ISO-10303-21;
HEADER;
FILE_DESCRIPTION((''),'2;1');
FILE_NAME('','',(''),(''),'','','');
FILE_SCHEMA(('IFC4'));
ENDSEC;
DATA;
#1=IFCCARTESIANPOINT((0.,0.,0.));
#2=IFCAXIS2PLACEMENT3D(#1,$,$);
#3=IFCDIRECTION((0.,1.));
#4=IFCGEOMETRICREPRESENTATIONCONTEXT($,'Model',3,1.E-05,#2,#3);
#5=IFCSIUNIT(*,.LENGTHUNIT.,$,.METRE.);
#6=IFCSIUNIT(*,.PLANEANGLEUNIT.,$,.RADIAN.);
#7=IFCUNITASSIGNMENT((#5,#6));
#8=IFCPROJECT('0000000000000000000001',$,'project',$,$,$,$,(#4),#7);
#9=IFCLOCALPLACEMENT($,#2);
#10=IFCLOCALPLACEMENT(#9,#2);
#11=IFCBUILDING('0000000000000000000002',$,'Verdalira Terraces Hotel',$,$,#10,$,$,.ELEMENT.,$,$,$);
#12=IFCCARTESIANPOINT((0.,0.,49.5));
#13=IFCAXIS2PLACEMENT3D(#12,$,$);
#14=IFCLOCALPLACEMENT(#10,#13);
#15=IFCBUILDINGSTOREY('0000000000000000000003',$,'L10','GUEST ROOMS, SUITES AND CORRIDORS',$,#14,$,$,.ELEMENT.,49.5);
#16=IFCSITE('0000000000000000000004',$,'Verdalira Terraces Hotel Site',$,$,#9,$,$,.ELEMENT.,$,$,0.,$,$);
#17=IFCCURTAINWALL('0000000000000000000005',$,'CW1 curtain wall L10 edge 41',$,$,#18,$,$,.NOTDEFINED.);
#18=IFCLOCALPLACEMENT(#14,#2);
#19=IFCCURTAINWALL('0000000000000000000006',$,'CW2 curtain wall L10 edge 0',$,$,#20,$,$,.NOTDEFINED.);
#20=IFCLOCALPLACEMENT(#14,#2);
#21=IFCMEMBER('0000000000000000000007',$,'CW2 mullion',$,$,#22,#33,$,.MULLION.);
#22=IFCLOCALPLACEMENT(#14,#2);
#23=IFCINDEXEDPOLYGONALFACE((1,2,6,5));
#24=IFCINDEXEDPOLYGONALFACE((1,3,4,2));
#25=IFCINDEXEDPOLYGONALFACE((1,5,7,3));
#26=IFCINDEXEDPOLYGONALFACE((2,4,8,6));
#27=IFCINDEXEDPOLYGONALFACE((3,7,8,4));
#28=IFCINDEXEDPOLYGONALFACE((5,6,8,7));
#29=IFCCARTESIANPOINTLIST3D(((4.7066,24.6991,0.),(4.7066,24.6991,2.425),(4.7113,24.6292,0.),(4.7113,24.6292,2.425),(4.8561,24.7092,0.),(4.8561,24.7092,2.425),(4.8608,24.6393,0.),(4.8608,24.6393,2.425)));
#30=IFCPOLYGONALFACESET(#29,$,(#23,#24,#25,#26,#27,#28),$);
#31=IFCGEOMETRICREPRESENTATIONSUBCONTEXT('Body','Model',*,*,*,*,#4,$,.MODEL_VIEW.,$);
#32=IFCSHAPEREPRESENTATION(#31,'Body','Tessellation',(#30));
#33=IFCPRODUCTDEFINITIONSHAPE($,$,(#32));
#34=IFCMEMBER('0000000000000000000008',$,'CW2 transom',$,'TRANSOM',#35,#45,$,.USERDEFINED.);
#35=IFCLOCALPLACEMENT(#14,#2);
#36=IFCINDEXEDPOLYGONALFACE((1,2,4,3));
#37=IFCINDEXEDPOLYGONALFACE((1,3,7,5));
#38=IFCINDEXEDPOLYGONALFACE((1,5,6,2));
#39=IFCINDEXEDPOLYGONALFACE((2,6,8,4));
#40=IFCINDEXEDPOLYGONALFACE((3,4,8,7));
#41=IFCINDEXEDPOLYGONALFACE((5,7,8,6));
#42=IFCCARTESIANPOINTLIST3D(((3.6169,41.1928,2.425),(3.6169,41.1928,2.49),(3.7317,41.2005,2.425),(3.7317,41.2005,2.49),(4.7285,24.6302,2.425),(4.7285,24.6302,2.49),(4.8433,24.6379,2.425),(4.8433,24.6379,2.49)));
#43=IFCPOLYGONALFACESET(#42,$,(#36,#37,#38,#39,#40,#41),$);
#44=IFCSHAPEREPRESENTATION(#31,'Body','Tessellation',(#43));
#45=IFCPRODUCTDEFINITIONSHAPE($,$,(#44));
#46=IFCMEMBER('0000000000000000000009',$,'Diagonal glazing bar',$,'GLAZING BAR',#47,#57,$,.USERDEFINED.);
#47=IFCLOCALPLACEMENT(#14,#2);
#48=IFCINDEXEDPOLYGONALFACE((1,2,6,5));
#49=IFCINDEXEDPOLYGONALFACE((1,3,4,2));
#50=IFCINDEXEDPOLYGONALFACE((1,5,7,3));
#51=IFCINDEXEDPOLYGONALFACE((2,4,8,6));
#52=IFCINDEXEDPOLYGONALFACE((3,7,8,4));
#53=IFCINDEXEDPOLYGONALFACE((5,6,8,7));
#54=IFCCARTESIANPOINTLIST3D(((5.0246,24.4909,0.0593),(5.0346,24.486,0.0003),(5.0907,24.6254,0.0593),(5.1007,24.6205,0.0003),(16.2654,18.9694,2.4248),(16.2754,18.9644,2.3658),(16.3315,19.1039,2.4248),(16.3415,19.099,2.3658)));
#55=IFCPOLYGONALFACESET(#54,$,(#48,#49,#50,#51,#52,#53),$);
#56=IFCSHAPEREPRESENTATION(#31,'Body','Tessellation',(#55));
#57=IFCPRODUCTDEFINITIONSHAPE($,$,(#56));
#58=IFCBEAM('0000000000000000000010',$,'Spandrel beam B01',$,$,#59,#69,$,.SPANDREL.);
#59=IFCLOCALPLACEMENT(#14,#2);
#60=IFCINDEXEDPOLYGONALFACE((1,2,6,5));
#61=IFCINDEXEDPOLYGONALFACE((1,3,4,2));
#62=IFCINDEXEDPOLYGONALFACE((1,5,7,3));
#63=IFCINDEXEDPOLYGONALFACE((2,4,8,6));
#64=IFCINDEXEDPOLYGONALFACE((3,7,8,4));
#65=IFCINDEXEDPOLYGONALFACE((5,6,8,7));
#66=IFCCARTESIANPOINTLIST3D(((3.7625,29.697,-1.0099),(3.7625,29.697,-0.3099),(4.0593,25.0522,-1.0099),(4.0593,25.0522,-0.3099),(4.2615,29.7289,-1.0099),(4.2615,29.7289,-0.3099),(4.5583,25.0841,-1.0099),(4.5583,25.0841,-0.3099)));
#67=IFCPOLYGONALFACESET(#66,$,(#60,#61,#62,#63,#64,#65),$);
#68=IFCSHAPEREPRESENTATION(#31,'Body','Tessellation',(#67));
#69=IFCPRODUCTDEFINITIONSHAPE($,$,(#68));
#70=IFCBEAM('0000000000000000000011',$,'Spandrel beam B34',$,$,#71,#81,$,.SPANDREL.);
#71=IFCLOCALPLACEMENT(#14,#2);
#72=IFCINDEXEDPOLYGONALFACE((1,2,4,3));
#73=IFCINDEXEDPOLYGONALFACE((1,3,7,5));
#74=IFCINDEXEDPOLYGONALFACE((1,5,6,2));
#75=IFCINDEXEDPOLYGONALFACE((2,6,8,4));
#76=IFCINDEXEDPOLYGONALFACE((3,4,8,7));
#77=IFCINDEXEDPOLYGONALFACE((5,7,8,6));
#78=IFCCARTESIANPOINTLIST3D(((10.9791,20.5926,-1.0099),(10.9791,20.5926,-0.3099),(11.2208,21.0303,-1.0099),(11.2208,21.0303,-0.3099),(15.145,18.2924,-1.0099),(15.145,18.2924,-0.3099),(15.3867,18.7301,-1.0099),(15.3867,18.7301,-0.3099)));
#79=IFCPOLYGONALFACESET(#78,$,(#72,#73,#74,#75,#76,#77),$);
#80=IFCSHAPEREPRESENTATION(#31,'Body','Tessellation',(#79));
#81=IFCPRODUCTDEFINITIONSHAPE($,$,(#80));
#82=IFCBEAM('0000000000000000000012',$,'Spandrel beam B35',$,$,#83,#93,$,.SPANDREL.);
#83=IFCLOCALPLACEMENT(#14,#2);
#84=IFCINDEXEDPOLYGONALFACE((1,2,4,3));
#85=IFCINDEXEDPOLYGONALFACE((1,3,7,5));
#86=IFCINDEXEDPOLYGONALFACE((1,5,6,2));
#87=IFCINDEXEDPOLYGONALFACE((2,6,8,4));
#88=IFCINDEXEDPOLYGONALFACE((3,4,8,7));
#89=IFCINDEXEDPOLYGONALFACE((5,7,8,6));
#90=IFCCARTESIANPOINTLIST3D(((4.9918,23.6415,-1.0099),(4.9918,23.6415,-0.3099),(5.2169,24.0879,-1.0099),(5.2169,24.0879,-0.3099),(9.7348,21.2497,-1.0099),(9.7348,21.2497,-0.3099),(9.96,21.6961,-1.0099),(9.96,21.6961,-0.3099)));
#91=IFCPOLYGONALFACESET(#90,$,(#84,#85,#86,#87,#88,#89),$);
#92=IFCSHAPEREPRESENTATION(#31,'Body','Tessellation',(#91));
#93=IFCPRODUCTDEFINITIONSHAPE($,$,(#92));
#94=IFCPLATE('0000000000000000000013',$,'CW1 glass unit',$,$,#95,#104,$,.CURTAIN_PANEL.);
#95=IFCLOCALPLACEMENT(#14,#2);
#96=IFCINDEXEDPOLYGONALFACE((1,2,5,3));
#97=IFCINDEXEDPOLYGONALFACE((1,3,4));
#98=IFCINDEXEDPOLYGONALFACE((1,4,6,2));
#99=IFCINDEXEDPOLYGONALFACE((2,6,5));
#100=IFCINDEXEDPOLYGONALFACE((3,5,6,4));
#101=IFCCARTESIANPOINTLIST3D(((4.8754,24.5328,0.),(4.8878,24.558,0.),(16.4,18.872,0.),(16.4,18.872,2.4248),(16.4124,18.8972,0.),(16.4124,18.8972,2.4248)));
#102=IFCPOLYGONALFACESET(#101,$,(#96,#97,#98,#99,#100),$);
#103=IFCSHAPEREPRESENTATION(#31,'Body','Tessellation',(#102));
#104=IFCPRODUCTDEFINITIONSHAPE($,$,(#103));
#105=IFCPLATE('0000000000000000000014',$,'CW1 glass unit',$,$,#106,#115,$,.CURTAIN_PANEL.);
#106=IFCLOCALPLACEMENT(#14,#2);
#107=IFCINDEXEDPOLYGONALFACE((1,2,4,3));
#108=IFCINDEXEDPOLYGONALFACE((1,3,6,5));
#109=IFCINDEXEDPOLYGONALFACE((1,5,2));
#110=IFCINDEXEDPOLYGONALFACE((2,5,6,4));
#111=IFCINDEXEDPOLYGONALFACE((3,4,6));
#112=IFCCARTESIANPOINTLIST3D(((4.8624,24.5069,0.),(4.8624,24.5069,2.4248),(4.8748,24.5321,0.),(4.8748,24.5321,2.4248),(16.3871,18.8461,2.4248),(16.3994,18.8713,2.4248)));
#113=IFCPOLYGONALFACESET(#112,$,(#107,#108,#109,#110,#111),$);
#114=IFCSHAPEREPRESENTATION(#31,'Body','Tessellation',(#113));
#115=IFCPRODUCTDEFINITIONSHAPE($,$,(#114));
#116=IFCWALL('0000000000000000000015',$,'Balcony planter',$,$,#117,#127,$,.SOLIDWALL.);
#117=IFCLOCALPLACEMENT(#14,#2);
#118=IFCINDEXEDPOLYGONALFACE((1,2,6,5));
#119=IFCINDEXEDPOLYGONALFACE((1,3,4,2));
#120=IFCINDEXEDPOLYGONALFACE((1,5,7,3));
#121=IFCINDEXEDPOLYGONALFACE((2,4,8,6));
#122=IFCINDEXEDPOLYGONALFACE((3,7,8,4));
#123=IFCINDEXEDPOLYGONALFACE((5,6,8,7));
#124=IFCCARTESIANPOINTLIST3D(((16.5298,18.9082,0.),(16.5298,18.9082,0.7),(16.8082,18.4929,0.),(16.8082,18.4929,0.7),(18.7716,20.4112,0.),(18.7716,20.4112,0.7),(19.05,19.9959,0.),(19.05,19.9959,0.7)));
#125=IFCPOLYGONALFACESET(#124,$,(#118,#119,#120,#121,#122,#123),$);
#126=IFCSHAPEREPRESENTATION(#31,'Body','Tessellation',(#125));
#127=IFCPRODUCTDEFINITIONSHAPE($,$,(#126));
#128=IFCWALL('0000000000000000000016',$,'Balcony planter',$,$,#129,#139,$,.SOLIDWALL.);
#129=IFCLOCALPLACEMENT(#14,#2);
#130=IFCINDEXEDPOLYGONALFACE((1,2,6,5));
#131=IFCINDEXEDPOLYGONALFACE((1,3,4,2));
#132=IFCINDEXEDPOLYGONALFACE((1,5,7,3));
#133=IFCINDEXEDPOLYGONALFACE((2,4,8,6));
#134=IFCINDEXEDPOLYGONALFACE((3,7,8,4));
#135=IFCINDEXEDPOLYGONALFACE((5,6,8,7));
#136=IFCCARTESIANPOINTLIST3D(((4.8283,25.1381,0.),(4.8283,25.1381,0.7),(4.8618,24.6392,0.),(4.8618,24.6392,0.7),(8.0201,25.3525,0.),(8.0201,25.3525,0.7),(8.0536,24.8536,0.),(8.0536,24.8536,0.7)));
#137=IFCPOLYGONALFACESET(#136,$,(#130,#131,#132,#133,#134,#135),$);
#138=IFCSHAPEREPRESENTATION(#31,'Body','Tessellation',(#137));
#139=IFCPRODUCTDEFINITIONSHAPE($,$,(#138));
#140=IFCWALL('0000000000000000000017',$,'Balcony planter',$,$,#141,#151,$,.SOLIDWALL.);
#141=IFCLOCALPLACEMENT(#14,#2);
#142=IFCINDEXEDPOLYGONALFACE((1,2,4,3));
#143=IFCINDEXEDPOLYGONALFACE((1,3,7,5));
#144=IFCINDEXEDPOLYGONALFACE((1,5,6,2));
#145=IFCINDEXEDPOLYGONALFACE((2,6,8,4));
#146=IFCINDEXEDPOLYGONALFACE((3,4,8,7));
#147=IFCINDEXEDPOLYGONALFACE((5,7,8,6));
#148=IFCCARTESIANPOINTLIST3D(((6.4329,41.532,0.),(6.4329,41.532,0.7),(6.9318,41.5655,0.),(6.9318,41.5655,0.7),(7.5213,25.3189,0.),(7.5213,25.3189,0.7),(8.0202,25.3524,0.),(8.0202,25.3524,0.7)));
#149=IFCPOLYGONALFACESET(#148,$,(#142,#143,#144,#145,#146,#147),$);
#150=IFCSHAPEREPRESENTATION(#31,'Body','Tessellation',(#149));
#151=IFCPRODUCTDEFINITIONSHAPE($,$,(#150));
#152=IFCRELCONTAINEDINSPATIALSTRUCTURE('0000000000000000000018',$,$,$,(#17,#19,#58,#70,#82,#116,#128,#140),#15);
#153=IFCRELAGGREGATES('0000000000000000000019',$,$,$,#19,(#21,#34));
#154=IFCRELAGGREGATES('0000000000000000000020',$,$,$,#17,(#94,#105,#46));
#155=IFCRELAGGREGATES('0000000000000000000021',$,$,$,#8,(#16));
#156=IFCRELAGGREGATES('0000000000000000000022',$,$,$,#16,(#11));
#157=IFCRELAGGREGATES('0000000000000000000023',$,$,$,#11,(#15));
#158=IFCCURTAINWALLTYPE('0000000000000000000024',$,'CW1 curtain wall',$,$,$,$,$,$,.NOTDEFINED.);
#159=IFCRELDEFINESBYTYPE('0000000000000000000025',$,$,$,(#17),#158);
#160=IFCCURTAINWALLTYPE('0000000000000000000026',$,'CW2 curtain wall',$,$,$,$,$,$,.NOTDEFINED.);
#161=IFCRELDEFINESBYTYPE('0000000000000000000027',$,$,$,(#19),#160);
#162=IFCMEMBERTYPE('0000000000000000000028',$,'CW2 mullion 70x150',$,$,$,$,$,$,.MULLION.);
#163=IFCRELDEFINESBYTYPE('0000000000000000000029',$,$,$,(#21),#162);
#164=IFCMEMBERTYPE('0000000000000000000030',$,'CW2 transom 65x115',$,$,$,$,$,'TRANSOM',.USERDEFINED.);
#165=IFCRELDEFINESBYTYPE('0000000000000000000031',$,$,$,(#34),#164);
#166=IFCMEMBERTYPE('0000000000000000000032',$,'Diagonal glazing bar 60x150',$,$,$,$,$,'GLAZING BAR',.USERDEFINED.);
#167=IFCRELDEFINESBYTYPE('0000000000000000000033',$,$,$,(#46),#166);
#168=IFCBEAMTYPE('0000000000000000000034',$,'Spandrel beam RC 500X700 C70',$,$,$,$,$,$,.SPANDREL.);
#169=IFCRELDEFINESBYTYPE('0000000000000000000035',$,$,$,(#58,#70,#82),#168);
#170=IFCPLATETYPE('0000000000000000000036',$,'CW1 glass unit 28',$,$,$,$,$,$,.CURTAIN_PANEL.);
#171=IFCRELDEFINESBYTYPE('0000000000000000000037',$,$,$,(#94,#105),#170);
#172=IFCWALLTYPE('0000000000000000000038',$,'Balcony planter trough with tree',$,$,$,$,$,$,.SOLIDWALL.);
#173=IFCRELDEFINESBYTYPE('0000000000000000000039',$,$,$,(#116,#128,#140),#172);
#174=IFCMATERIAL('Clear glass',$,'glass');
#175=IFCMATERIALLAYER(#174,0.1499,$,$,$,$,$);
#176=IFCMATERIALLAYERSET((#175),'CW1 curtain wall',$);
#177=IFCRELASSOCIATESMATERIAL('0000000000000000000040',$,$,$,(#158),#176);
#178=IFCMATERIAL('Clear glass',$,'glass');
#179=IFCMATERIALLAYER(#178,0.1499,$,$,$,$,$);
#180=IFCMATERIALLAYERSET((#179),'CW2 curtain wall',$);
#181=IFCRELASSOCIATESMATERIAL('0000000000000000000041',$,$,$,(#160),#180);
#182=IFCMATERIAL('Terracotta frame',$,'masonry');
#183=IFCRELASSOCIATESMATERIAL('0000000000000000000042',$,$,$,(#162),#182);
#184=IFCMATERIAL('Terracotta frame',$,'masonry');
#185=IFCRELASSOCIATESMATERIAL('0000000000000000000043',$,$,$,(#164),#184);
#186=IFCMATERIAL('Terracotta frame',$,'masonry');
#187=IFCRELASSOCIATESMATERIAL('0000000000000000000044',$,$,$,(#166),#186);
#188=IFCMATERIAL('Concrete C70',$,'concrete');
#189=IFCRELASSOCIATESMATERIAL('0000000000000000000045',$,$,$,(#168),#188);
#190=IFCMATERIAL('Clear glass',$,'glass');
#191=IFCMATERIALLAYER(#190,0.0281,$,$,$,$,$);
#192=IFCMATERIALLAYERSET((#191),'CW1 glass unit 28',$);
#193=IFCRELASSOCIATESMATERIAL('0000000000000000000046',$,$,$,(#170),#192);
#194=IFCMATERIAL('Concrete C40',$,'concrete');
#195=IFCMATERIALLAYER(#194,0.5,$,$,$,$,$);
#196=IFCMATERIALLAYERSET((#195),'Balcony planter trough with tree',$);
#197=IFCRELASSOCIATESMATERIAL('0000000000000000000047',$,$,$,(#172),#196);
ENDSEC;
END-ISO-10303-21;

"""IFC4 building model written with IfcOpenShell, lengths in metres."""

from ifc_helpers import new_model, si_unit, direction, frame, frame_2d, origin, origin_2d, place, context, subcontext, project, spatial, polyline, rectangle, outline, extrude, material, layer, layer_set, material_profile, profile_set, type_object, element, aggregate, save


model = new_model("IFC4")

# Units and contexts
model_context = context("Model", 3, precision=1e-05, world=origin(), true_north=direction((0.0, 1.0)))
body_context = subcontext(model_context, "Body", "Model", "MODEL_VIEW")
ifc_project = project(units=[si_unit("LENGTHUNIT", "METRE"), si_unit("PLANEANGLEUNIT", "RADIAN")], contexts=[model_context])

# Site, building, storey
site_placement = place(None, origin())
site = spatial("IfcSite", under=ifc_project, at=site_placement, Name="Verdalira Terraces Hotel Site", CompositionType="ELEMENT", RefElevation=0.0)
building_placement = place(site_placement, origin())
building = spatial("IfcBuilding", under=site, at=building_placement, Name="Verdalira Terraces Hotel", CompositionType="ELEMENT")
storey_placement = place(building_placement, frame((0.0, 0.0, 49.5)))
storey = spatial("IfcBuildingStorey", under=building, at=storey_placement, Name="L10", Description="GUEST ROOMS, SUITES AND CORRIDORS", CompositionType="ELEMENT", Elevation=49.5)

# Shared definitions
ifc_material_1 = material(Name="Clear glass", Category="glass")
ifc_layer_1 = layer(ifc_material_1, 0.1499)
ifc_layer_set_1 = layer_set([ifc_layer_1], Name="CW1 curtain wall")
curtain_wall_type_1 = type_object("IfcCurtainWallType", Name="CW1 curtain wall", PredefinedType="NOTDEFINED", material=ifc_layer_set_1)

# Curtain walls, members
curtain_wall_1_placement = place(storey_placement, origin())
curtain_wall_1 = element("IfcCurtainWall", 1, at=curtain_wall_1_placement, inside=storey, type_object=curtain_wall_type_1, Name="CW1 curtain wall L10 edge 41", PredefinedType="NOTDEFINED")
ifc_material_2 = material(Name="Clear glass", Category="glass")
ifc_layer_2 = layer(ifc_material_2, 0.1499)
ifc_layer_set_2 = layer_set([ifc_layer_2], Name="CW2 curtain wall")
curtain_wall_type_2 = type_object("IfcCurtainWallType", Name="CW2 curtain wall", PredefinedType="NOTDEFINED", material=ifc_layer_set_2)
curtain_wall_2_placement = place(storey_placement, origin())
curtain_wall_2 = element("IfcCurtainWall", 2, at=curtain_wall_2_placement, inside=storey, type_object=curtain_wall_type_2, Name="CW2 curtain wall L10 edge 0", PredefinedType="NOTDEFINED")
ifc_material_3 = material(Name="Terracotta frame", Category="masonry")
ifc_material_profile_1 = material_profile(ifc_material_3, rectangle(XDim=0.0701, YDim=0.1499, at=origin_2d()), Name="MU 70x150")
ifc_profile_set_1 = profile_set([ifc_material_profile_1], Name="Terracotta frame")
member_type_1 = type_object("IfcMemberType", Name="CW2 mullion 70x150", PredefinedType="MULLION", material=ifc_profile_set_1)
member_1_placement = place(storey_placement, frame((4.7837, 24.6692, 0.0), z_axis=(0.0, 0.0, 1.0), x_axis=(-0.06697, 0.997755, 0.0)))
member_1 = element("IfcMember", 3, at=member_1_placement, type_object=member_type_1, Name="CW2 mullion", PredefinedType="MULLION", context=body_context, shape_type="SweptSolid", body=[
    extrude(rectangle(XDim=0.0701, YDim=0.1499, at=origin_2d()), origin(), (0.0, 0.0, 1.0), 2.425),
])
ifc_material_4 = material(Name="Terracotta frame", Category="masonry")
ifc_material_profile_2 = material_profile(ifc_material_4, rectangle(XDim=0.115, YDim=0.0649, at=origin_2d()), Name="TR 65x115")
ifc_profile_set_2 = profile_set([ifc_material_profile_2], Name="Terracotta frame")
member_type_2 = type_object("IfcMemberType", Name="CW2 transom 65x115", ElementType="TRANSOM", PredefinedType="USERDEFINED", material=ifc_profile_set_2)
member_2_placement = place(storey_placement, frame((4.7859, 24.634, 2.4575), z_axis=(-0.066963, 0.997755, 0.0), x_axis=(-0.997755, -0.066963, 0.0)))
member_2 = element("IfcMember", 4, at=member_2_placement, type_object=member_type_2, Name="CW2 transom", ObjectType="TRANSOM", PredefinedType="USERDEFINED", context=body_context, shape_type="SweptSolid", body=[
    extrude(rectangle(XDim=0.115, YDim=0.0649, at=origin_2d()), origin(), (0.0, 0.0, 1.0), 16.5999),
])
aggregate(curtain_wall_2, [member_1, member_2])

# Member
ifc_material_5 = material(Name="Terracotta frame", Category="masonry")
ifc_material_profile_3 = material_profile(ifc_material_5, rectangle(XDim=0.1499, YDim=0.0601, at=origin_2d()), Name="GB 60x150")
ifc_profile_set_3 = profile_set([ifc_material_profile_3], Name="Terracotta frame")
member_type_3 = type_object("IfcMemberType", Name="Diagonal glazing bar 60x150", ElementType="GLAZING BAR", PredefinedType="USERDEFINED", material=ifc_profile_set_3)
member_3_placement = place(storey_placement, frame((16.3035, 19.0342, 2.3953), z_axis=(-0.881968, 0.433226, -0.1856), x_axis=(-0.440886, -0.897563, 0.0)))
member_3 = element("IfcMember", 5, at=member_3_placement, type_object=member_type_3, Name="Diagonal glazing bar", ObjectType="GLAZING BAR", PredefinedType="USERDEFINED", context=body_context, shape_type="SweptSolid", body=[
    extrude(rectangle(XDim=0.1499, YDim=0.0601, at=origin_2d()), origin(), (0.0, 0.0, 1.0), 12.7451),
])

# Beams
ifc_material_6 = material(Name="Concrete C70", Category="concrete")
ifc_material_profile_4 = material_profile(ifc_material_6, rectangle(XDim=0.5, YDim=0.7, at=origin_2d()), Name="RC 500X700")
ifc_profile_set_4 = profile_set([ifc_material_profile_4], Name="Concrete C70")
beam_type_1 = type_object("IfcBeamType", Name="Spandrel beam RC 500X700 C70", PredefinedType="SPANDREL", material=ifc_profile_set_4)
beam_1_placement = place(storey_placement, frame((4.3088, 25.0681, -0.6599), z_axis=(-0.063786, 0.997964, 0.0), x_axis=(-0.997964, -0.063786, 0.0)))
element("IfcBeam", 6, at=beam_1_placement, inside=storey, type_object=beam_type_1, Name="Spandrel beam B01", PredefinedType="SPANDREL", context=body_context, shape_type="SweptSolid", body=[
    extrude(rectangle(XDim=0.5, YDim=0.7, at=origin_2d()), origin(), (0.0, 0.0, 1.0), 4.6543),
])
beam_2_placement = place(storey_placement, frame((15.2659, 18.5112, -0.6599), z_axis=(-0.875418, 0.483368, 0.0), x_axis=(-0.483368, -0.875418, 0.0)))
element("IfcBeam", 7, at=beam_2_placement, inside=storey, type_object=beam_type_1, Name="Spandrel beam B34", PredefinedType="SPANDREL", context=body_context, shape_type="SweptSolid", body=[
    extrude(rectangle(XDim=0.5, YDim=0.7, at=origin_2d()), origin(), (0.0, 0.0, 1.0), 4.7588),
])
beam_3_placement = place(storey_placement, frame((9.8474, 21.4729, -0.6599), z_axis=(-0.892896, 0.450263, 0.0), x_axis=(-0.450263, -0.892896, 0.0)))
element("IfcBeam", 8, at=beam_3_placement, inside=storey, type_object=beam_type_1, Name="Spandrel beam B35", PredefinedType="SPANDREL", context=body_context, shape_type="SweptSolid", body=[
    extrude(rectangle(XDim=0.5, YDim=0.7, at=origin_2d()), origin(), (0.0, 0.0, 1.0), 5.312),
])

# Plates
ifc_material_7 = material(Name="Clear glass", Category="glass")
ifc_layer_3 = layer(ifc_material_7, 0.0281)
ifc_layer_set_3 = layer_set([ifc_layer_3], Name="CW1 glass unit 28")
plate_type = type_object("IfcPlateType", Name="CW1 glass unit 28", PredefinedType="CURTAIN_PANEL", material=ifc_layer_set_3)
plate_1_placement = place(storey_placement, frame((10.6377, 21.7024, 1.2124), z_axis=(0.440879, 0.897566, 0.0), x_axis=(-0.897566, 0.440879, 0.0)))
plate_1 = element("IfcPlate", 9, at=plate_1_placement, type_object=plate_type, Name="CW1 glass unit", PredefinedType="CURTAIN_PANEL", context=body_context, shape_type="SweptSolid", body=[
    extrude(outline(polyline([(-6.4199, -1.2124), (6.4199, -1.2124), (-6.4199, 1.2124), (-6.4199, -1.2124)])), origin(), (0.0, 0.0, 1.0), 0.0281),
])
plate_2_placement = place(storey_placement, frame((10.6248, 21.6765, 1.2124), z_axis=(0.440879, 0.897566, 0.0), x_axis=(-0.897566, 0.440879, 0.0)))
plate_2 = element("IfcPlate", 10, at=plate_2_placement, type_object=plate_type, Name="CW1 glass unit", PredefinedType="CURTAIN_PANEL", context=body_context, shape_type="SweptSolid", body=[
    extrude(outline(polyline([(6.4199, -1.2124), (6.4199, 1.2124), (-6.4199, 1.2124), (6.4199, -1.2124)])), origin(), (0.0, 0.0, 1.0), 0.0281),
])
aggregate(curtain_wall_1, [plate_1, plate_2, member_3])

# Walls
ifc_material_8 = material(Name="Concrete C40", Category="concrete")
ifc_layer_4 = layer(ifc_material_8, 0.5)
ifc_layer_set_4 = layer_set([ifc_layer_4], Name="Balcony planter trough with tree")
wall_type_1 = type_object("IfcWallType", Name="Balcony planter trough with tree", PredefinedType="SOLIDWALL", material=ifc_layer_set_4)
wall_1_placement = place(storey_placement, frame((18.9109, 20.2036, 0.0), z_axis=(0.0, 0.0, 1.0), x_axis=(-0.8306, -0.556869, 0.0)))
element("IfcWall", 11, at=wall_1_placement, inside=storey, type_object=wall_type_1, Name="Balcony planter", PredefinedType="SOLIDWALL", context=body_context, shape_type="SweptSolid", body=[
    extrude(rectangle(XDim=2.699, YDim=0.5, at=frame_2d((1.3496, 0.0))), origin(), (0.0, 0.0, 1.0), 0.7),
])
wall_2_placement = place(storey_placement, frame((4.845, 24.8887, 0.0), z_axis=(0.0, 0.0, 1.0), x_axis=(0.997753, 0.067005, 0.0)))
element("IfcWall", 12, at=wall_2_placement, inside=storey, type_object=wall_type_1, Name="Balcony planter", PredefinedType="SOLIDWALL", context=body_context, shape_type="SweptSolid", body=[
    extrude(rectangle(XDim=3.199, YDim=0.5, at=frame_2d((1.5996, 0.0))), origin(), (0.0, 0.0, 1.0), 0.7),
])
wall_3_placement = place(storey_placement, frame((7.7708, 25.3357, 0.0), z_axis=(0.0, 0.0, 1.0), x_axis=(-0.066979, 0.997754, 0.0)))
element("IfcWall", 13, at=wall_3_placement, inside=storey, type_object=wall_type_1, Name="Balcony planter", PredefinedType="SOLIDWALL", context=body_context, shape_type="SweptSolid", body=[
    extrude(rectangle(XDim=16.2495, YDim=0.5, at=frame_2d((8.1248, 0.0))), origin(), (0.0, 0.0, 1.0), 0.7),
])

save(model, "model.ifc")
